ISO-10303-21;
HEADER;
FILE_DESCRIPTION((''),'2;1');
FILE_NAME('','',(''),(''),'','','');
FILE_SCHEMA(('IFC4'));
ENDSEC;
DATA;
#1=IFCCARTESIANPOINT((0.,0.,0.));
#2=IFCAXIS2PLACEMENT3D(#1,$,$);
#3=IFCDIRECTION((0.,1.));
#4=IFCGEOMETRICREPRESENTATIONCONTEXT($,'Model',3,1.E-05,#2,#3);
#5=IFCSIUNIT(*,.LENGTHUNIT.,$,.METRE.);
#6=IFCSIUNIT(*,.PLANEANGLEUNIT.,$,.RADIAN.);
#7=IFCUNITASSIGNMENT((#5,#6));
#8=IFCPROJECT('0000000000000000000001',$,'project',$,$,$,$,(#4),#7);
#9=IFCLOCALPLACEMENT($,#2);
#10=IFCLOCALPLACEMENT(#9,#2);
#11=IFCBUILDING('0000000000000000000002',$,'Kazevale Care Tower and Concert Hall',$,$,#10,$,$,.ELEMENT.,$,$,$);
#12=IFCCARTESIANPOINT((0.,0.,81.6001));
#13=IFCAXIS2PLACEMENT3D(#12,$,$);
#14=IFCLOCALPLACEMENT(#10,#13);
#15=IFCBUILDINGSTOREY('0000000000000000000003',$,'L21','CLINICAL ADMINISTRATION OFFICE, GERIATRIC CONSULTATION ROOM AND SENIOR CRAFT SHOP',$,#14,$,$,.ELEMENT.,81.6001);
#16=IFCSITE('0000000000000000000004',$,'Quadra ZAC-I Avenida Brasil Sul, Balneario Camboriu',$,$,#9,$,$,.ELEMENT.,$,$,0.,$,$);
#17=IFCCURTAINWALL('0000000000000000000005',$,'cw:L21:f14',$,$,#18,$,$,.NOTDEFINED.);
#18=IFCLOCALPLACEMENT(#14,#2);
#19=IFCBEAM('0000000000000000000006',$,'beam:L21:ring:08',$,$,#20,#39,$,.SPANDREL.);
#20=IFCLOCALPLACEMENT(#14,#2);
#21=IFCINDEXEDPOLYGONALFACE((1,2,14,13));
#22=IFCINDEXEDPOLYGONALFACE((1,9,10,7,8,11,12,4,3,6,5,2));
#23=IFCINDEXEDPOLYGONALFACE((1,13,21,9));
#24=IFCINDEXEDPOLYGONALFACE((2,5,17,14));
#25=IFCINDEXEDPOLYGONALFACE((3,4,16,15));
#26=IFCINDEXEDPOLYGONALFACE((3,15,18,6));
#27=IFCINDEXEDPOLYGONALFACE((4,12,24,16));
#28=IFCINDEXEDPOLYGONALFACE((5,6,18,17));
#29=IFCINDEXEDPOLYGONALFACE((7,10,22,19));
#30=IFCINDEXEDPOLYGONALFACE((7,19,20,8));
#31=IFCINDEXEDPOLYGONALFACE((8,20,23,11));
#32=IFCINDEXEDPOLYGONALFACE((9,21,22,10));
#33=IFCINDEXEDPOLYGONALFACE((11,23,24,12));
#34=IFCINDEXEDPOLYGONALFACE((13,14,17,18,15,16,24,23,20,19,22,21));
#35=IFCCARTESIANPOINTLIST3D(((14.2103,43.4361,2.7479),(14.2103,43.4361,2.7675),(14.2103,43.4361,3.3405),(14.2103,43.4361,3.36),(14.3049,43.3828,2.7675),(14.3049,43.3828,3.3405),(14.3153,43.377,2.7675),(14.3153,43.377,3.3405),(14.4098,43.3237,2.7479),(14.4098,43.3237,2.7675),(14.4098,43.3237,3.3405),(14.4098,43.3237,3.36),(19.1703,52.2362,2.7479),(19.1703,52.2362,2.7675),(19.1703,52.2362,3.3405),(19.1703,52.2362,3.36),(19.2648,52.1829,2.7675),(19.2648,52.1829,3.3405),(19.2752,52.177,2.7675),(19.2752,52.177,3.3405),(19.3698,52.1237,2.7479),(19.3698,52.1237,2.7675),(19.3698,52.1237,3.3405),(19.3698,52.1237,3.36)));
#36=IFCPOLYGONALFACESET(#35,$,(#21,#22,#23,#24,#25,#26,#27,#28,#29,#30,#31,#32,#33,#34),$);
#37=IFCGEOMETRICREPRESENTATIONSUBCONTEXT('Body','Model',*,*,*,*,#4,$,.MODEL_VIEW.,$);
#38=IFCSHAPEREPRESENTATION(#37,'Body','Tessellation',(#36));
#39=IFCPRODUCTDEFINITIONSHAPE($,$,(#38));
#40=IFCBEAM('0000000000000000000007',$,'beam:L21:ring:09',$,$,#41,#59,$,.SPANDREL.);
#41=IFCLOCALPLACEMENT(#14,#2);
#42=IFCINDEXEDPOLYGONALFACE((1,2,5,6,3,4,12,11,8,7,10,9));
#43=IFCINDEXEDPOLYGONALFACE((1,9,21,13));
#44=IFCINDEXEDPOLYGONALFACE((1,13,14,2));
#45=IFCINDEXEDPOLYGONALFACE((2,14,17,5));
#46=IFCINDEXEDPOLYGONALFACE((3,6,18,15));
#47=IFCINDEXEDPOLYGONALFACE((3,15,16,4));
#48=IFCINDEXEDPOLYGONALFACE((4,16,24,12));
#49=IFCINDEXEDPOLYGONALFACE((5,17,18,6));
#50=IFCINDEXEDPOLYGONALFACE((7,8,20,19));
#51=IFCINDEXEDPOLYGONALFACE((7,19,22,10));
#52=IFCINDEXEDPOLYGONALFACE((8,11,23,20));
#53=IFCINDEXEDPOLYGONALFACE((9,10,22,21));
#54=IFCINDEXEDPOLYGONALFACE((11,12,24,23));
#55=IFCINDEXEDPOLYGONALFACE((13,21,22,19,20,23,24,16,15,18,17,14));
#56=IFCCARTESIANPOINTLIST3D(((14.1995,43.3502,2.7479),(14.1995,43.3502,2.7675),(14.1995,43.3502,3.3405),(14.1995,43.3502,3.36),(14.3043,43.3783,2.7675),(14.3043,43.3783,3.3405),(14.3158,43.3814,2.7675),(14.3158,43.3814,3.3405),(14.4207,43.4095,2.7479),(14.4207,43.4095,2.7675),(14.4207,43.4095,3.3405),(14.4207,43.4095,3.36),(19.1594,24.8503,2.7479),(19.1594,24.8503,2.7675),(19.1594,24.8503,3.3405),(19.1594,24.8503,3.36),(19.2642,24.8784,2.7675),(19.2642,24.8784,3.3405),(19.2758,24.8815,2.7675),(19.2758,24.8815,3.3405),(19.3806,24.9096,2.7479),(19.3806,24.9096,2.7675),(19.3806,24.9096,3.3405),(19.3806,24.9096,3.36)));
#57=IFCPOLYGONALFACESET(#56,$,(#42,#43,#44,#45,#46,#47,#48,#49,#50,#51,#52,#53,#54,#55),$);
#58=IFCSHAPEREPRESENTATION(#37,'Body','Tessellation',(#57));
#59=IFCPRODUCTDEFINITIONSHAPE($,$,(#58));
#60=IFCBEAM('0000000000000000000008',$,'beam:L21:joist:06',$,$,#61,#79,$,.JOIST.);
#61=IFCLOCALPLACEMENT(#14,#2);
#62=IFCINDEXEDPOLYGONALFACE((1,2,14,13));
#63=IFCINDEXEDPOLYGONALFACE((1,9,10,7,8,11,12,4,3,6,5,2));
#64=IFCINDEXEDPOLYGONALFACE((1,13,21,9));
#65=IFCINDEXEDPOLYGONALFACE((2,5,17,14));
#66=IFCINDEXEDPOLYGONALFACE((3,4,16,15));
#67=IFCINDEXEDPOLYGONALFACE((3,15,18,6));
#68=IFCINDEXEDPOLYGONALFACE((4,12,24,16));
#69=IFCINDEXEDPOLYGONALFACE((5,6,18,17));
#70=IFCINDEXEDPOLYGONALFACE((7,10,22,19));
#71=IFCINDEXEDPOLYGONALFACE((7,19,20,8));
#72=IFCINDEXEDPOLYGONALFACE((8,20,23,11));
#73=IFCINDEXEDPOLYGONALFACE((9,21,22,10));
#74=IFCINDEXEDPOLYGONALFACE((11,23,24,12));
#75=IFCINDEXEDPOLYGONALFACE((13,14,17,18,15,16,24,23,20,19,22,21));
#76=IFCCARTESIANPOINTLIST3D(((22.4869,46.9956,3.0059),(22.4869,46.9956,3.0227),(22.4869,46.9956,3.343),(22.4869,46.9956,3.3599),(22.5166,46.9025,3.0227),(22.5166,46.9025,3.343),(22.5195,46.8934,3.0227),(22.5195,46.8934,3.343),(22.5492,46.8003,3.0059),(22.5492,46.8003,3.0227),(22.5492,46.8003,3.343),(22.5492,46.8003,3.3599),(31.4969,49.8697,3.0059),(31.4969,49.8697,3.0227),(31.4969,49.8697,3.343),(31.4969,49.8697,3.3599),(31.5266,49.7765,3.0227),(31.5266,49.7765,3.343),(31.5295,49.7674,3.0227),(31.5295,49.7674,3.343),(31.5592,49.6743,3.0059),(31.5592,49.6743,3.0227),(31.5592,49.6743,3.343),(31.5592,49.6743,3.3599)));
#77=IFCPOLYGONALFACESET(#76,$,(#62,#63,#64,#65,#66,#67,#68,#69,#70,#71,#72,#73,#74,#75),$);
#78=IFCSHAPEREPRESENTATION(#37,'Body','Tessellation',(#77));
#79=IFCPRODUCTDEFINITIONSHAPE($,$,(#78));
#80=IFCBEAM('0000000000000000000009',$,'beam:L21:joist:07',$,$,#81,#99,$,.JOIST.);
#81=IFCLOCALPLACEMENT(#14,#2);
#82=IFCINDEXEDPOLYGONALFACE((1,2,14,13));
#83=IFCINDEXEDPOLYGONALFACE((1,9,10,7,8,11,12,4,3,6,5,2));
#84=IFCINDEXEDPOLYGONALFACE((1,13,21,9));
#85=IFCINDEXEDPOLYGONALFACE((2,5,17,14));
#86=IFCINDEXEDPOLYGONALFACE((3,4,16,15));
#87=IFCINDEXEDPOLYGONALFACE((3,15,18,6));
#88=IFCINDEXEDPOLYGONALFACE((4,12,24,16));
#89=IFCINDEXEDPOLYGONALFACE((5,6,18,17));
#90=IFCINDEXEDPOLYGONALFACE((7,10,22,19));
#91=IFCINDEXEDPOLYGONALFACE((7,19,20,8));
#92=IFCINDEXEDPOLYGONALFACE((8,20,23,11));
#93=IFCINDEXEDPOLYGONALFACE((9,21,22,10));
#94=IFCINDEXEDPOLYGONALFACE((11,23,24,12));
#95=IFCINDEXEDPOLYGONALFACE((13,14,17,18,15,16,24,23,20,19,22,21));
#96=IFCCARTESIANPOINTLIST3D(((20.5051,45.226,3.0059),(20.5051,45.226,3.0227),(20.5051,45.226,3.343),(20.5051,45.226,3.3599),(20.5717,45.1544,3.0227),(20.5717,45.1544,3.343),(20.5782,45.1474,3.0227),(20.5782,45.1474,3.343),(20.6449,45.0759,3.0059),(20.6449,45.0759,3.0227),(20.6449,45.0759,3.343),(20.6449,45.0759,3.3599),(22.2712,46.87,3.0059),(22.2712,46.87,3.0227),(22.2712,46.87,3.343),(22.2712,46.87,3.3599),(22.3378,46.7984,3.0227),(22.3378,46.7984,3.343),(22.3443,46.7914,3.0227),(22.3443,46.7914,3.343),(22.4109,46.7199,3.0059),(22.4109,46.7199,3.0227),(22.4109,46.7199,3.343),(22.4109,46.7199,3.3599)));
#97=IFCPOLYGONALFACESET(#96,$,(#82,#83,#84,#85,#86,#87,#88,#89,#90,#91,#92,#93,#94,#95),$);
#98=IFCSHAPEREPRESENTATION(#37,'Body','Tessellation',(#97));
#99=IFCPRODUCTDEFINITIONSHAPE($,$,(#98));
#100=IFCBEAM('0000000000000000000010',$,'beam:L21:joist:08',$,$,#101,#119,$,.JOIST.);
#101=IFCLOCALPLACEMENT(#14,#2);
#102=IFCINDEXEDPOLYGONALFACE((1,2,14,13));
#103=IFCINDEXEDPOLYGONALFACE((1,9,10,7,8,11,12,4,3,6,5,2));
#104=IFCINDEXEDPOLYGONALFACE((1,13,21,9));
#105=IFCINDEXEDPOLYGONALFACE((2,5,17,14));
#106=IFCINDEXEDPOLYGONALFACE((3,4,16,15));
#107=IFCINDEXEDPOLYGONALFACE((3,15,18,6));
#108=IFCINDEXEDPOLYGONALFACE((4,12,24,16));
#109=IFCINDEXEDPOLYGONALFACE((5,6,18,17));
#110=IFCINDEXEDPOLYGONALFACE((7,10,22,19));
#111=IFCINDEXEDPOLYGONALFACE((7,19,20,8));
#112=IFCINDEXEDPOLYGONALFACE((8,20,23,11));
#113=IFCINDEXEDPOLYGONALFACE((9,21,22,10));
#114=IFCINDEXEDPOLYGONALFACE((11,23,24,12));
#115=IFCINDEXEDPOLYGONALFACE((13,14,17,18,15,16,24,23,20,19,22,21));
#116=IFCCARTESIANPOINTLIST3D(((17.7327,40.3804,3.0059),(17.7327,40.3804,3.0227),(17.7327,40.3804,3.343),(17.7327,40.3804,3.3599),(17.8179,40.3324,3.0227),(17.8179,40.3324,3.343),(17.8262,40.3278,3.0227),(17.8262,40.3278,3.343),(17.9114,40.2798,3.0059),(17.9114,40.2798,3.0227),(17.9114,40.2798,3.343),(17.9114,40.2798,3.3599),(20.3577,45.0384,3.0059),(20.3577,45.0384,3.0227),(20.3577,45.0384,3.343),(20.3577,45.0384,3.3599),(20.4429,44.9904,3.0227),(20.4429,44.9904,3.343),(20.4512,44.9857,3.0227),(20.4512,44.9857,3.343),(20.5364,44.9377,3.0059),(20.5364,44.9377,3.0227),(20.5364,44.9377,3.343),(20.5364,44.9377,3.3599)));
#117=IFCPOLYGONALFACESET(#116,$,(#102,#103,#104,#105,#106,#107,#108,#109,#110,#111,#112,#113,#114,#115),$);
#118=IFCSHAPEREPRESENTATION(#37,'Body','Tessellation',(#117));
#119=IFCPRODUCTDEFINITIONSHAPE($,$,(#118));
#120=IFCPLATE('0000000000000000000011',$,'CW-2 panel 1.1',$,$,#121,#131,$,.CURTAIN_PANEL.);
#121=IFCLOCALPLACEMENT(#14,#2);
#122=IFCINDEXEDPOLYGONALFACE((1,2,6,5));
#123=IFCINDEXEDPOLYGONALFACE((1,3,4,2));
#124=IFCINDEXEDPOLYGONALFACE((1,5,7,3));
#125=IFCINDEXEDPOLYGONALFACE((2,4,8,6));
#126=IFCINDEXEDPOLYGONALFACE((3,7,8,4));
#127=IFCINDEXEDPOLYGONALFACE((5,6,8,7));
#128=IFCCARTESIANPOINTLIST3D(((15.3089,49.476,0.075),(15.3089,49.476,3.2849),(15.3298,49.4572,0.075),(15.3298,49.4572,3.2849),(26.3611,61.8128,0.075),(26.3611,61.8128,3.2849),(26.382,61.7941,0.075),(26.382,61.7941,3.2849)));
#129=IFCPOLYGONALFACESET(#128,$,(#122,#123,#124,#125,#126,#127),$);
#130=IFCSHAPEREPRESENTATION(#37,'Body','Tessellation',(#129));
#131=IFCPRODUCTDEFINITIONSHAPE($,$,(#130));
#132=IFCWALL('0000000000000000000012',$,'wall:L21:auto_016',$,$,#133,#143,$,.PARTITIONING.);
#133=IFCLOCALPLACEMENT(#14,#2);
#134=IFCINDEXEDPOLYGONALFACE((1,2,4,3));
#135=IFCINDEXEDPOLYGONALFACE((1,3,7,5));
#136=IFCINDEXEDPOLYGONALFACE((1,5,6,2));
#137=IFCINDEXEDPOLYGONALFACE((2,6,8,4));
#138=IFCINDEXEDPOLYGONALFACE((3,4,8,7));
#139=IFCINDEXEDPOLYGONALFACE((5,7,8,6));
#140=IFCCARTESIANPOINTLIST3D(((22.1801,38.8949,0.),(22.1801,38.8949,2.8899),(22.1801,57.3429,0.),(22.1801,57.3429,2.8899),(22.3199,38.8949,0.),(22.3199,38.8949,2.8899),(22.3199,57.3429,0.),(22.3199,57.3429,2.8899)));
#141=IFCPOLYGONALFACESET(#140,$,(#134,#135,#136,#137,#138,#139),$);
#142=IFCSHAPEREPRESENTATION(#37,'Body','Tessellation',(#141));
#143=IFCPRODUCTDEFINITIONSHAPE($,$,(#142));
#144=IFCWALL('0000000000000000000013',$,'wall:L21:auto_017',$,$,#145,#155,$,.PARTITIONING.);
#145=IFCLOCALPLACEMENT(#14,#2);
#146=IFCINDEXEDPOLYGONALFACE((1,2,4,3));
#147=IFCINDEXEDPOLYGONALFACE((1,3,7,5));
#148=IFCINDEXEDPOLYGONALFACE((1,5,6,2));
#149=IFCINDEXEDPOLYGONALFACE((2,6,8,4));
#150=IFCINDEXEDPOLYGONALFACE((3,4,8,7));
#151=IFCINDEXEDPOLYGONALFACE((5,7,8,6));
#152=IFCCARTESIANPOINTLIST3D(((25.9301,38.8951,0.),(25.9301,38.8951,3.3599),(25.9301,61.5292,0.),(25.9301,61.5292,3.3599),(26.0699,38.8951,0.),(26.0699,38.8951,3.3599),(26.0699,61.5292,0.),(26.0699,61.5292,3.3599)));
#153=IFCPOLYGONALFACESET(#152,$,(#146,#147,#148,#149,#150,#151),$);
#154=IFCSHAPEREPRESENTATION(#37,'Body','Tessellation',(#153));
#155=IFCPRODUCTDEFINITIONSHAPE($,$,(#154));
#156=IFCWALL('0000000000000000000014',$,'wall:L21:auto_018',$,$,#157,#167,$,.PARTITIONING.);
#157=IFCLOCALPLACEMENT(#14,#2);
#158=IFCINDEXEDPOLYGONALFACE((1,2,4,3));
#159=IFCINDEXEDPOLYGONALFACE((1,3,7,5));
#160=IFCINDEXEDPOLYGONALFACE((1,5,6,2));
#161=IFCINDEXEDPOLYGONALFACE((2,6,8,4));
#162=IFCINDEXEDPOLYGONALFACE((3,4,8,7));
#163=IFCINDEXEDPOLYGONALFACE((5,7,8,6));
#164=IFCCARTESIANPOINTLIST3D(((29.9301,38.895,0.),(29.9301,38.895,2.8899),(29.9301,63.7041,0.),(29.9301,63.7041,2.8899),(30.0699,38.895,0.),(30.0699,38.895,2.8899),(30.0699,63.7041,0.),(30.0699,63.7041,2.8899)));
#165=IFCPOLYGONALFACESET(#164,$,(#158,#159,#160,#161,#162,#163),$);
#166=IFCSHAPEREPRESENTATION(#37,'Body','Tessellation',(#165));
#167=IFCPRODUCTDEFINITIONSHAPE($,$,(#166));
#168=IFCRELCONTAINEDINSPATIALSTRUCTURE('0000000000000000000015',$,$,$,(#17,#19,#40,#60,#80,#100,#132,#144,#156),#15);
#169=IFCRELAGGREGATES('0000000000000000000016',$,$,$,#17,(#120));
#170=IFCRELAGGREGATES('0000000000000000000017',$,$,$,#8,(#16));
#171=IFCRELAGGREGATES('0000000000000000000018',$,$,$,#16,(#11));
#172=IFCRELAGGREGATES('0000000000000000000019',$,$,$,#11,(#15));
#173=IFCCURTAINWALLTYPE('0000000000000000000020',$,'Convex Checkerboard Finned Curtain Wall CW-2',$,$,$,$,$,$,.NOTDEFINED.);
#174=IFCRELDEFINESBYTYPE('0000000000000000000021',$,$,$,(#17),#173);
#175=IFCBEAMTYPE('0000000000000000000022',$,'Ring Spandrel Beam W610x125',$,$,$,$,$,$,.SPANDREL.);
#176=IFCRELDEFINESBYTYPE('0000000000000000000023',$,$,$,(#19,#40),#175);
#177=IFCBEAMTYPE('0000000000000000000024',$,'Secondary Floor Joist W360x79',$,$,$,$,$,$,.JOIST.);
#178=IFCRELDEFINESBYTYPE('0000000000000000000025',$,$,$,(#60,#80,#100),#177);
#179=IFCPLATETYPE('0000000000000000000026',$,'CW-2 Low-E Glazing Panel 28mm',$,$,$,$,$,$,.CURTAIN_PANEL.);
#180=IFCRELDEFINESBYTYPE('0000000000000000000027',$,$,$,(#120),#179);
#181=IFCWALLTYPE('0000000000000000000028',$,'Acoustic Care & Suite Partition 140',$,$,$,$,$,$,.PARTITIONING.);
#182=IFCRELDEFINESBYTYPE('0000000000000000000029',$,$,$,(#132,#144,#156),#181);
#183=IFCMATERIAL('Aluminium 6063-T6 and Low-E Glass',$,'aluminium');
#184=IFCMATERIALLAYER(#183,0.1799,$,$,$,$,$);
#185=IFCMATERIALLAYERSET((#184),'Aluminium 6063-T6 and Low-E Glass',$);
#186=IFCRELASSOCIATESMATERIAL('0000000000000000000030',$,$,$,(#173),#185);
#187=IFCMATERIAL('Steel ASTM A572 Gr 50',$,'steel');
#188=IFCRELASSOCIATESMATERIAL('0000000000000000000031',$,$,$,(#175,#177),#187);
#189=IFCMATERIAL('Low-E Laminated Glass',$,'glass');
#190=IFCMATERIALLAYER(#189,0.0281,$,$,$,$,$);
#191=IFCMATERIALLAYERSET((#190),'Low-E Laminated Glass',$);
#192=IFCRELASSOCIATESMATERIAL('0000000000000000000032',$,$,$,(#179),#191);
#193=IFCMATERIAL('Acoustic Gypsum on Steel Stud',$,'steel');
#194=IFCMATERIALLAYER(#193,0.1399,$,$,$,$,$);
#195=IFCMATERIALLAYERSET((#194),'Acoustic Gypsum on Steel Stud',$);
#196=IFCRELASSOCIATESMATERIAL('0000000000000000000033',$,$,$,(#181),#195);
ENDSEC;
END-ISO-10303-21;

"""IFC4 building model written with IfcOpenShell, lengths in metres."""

from ifc_helpers import new_model, si_unit, direction, frame, frame_2d, origin, origin_2d, place, context, subcontext, project, spatial, rectangle, i_section, extrude, material, layer, layer_set, material_profile, profile_set, type_object, element, aggregate, save


model = new_model("IFC4")

# Units and contexts
model_context = context("Model", 3, precision=1e-05, world=origin(), true_north=direction((0.0, 1.0)))
body_context = subcontext(model_context, "Body", "Model", "MODEL_VIEW")
ifc_project = project(units=[si_unit("LENGTHUNIT", "METRE"), si_unit("PLANEANGLEUNIT", "RADIAN")], contexts=[model_context])

# Site, building, storey
site_placement = place(None, origin())
site = spatial("IfcSite", under=ifc_project, at=site_placement, Name="Quadra ZAC-I Avenida Brasil Sul, Balneario Camboriu", CompositionType="ELEMENT", RefElevation=0.0)
building_placement = place(site_placement, origin())
building = spatial("IfcBuilding", under=site, at=building_placement, Name="Kazevale Care Tower and Concert Hall", CompositionType="ELEMENT")
storey_placement = place(building_placement, frame((0.0, 0.0, 81.6001)))
storey = spatial("IfcBuildingStorey", under=building, at=storey_placement, Name="L21", Description="CLINICAL ADMINISTRATION OFFICE, GERIATRIC CONSULTATION ROOM AND SENIOR CRAFT SHOP", CompositionType="ELEMENT", Elevation=81.6001)

# Curtain wall
ifc_material_1 = material(Name="Aluminium 6063-T6 and Low-E Glass", Category="aluminium")
ifc_layer_1 = layer(ifc_material_1, 0.1799)
ifc_layer_set_1 = layer_set([ifc_layer_1], Name="Aluminium 6063-T6 and Low-E Glass")
curtain_wall_type_1 = type_object("IfcCurtainWallType", Name="Convex Checkerboard Finned Curtain Wall CW-2", PredefinedType="NOTDEFINED", material=ifc_layer_set_1)
curtain_wall_1_placement = place(storey_placement, origin())
curtain_wall_1 = element("IfcCurtainWall", 1, at=curtain_wall_1_placement, inside=storey, type_object=curtain_wall_type_1, Name="cw:L21:f14", PredefinedType="NOTDEFINED")

# Beams
ifc_material_2 = material(Name="Steel ASTM A572 Gr 50", Category="steel")
ifc_material_profile_1 = material_profile(ifc_material_2, i_section(OverallWidth=0.229, OverallDepth=0.6121, WebThickness=0.012, FlangeThickness=0.0195, at=origin_2d()), Name="W610x125")
ifc_profile_set_1 = profile_set([ifc_material_profile_1], Name="Steel ASTM A572 Gr 50")
beam_type_1 = type_object("IfcBeamType", Name="Ring Spandrel Beam W610x125", PredefinedType="SPANDREL", material=ifc_profile_set_1)
beam_1_placement = place(storey_placement, frame((19.27, 52.1799, 3.054), z_axis=(-0.491008, -0.871155, 0.0), x_axis=(0.871155, -0.491008, 0.0)))
element("IfcBeam", 2, at=beam_1_placement, inside=storey, type_object=beam_type_1, Name="beam:L21:ring:08", PredefinedType="SPANDREL", context=body_context, shape_type="SweptSolid", body=[
    extrude(i_section(OverallWidth=0.229, OverallDepth=0.6121, WebThickness=0.012, FlangeThickness=0.0195, at=origin_2d()), origin(), (0.0, 0.0, 1.0), 10.1016),
])
beam_2_placement = place(storey_placement, frame((14.3101, 43.3799, 3.054), z_axis=(0.25896, -0.965888, 0.0), x_axis=(0.965888, 0.25896, 0.0)))
element("IfcBeam", 3, at=beam_2_placement, inside=storey, type_object=beam_type_1, Name="beam:L21:ring:09", PredefinedType="SPANDREL", context=body_context, shape_type="SweptSolid", body=[
    extrude(i_section(OverallWidth=0.229, OverallDepth=0.6121, WebThickness=0.012, FlangeThickness=0.0195, at=origin_2d()), origin(), (0.0, 0.0, 1.0), 19.1533),
])
ifc_material_profile_2 = material_profile(ifc_material_2, i_section(OverallWidth=0.2051, OverallDepth=0.354, WebThickness=0.0095, FlangeThickness=0.0168, at=origin_2d()), Name="W360x79")
ifc_profile_set_2 = profile_set([ifc_material_profile_2], Name="Steel ASTM A572 Gr 50")
beam_type_2 = type_object("IfcBeamType", Name="Secondary Floor Joist W360x79", PredefinedType="JOIST", material=ifc_profile_set_2)
beam_3_placement = place(storey_placement, frame((31.5281, 49.772, 3.1829), z_axis=(-0.952705, -0.303895, 0.0), x_axis=(0.303895, -0.952705, 0.0)))
element("IfcBeam", 4, at=beam_3_placement, inside=storey, type_object=beam_type_2, Name="beam:L21:joist:06", PredefinedType="JOIST", context=body_context, shape_type="SweptSolid", body=[
    extrude(i_section(OverallWidth=0.2051, OverallDepth=0.354, WebThickness=0.0095, FlangeThickness=0.0168, at=origin_2d()), origin(), (0.0, 0.0, 1.0), 9.4573),
])
beam_4_placement = place(storey_placement, frame((22.3411, 46.7949, 3.1829), z_axis=(-0.73195, -0.681359, 0.0), x_axis=(0.681359, -0.73195, 0.0)))
element("IfcBeam", 5, at=beam_4_placement, inside=storey, type_object=beam_type_2, Name="beam:L21:joist:07", PredefinedType="JOIST", context=body_context, shape_type="SweptSolid", body=[
    extrude(i_section(OverallWidth=0.2051, OverallDepth=0.354, WebThickness=0.0095, FlangeThickness=0.0168, at=origin_2d()), origin(), (0.0, 0.0, 1.0), 2.4128),
])
beam_5_placement = place(storey_placement, frame((20.447, 44.988, 3.1829), z_axis=(-0.490957, -0.871184, 0.0), x_axis=(0.871184, -0.490957, 0.0)))
element("IfcBeam", 6, at=beam_5_placement, inside=storey, type_object=beam_type_2, Name="beam:L21:joist:08", PredefinedType="JOIST", context=body_context, shape_type="SweptSolid", body=[
    extrude(i_section(OverallWidth=0.2051, OverallDepth=0.354, WebThickness=0.0095, FlangeThickness=0.0168, at=origin_2d()), origin(), (0.0, 0.0, 1.0), 5.3467),
])

# Plate
ifc_material_3 = material(Name="Low-E Laminated Glass", Category="glass")
ifc_layer_2 = layer(ifc_material_3, 0.0281)
ifc_layer_set_2 = layer_set([ifc_layer_2], Name="Low-E Laminated Glass")
plate_type = type_object("IfcPlateType", Name="CW-2 Low-E Glazing Panel 28mm", PredefinedType="CURTAIN_PANEL", material=ifc_layer_set_2)
plate_placement = place(storey_placement, frame((20.8455, 55.635, 0.075), z_axis=(0.0, 0.0, 1.0), x_axis=(0.667265, 0.74482, 0.0)))
plate = element("IfcPlate", 7, at=plate_placement, type_object=plate_type, Name="CW-2 panel 1.1", PredefinedType="CURTAIN_PANEL", context=body_context, shape_type="SweptSolid", body=[
    extrude(rectangle(XDim=16.5635, YDim=0.0281, at=origin_2d()), origin(), (0.0, 0.0, 1.0), 3.21),
])
aggregate(curtain_wall_1, [plate])

# Walls
ifc_material_4 = material(Name="Acoustic Gypsum on Steel Stud", Category="steel")
ifc_layer_3 = layer(ifc_material_4, 0.1399)
ifc_layer_set_3 = layer_set([ifc_layer_3], Name="Acoustic Gypsum on Steel Stud")
wall_type_1 = type_object("IfcWallType", Name="Acoustic Care & Suite Partition 140", PredefinedType="PARTITIONING", material=ifc_layer_set_3)
wall_1_placement = place(storey_placement, frame((22.25, 57.343, 0.0), z_axis=(0.0, 0.0, 1.0), x_axis=(0.0, -1.0, 0.0)))
element("IfcWall", 8, at=wall_1_placement, inside=storey, type_object=wall_type_1, Name="wall:L21:auto_016", PredefinedType="PARTITIONING", context=body_context, shape_type="SweptSolid", body=[
    extrude(rectangle(XDim=18.448, YDim=0.1399, at=frame_2d((9.2241, 0.0))), origin(), (0.0, 0.0, 1.0), 2.8899),
])
wall_2_placement = place(storey_placement, frame((26.0, 61.5291, 0.0), z_axis=(0.0, 0.0, 1.0), x_axis=(0.0, -1.0, 0.0)))
element("IfcWall", 9, at=wall_2_placement, inside=storey, type_object=wall_type_1, Name="wall:L21:auto_017", PredefinedType="PARTITIONING", context=body_context, shape_type="SweptSolid", body=[
    extrude(rectangle(XDim=22.634, YDim=0.1399, at=frame_2d((11.3169, 0.0))), origin(), (0.0, 0.0, 1.0), 3.3599),
])
wall_3_placement = place(storey_placement, frame((30.0, 63.7041, 0.0), z_axis=(0.0, 0.0, 1.0), x_axis=(0.0, -1.0, 0.0)))
element("IfcWall", 10, at=wall_3_placement, inside=storey, type_object=wall_type_1, Name="wall:L21:auto_018", PredefinedType="PARTITIONING", context=body_context, shape_type="SweptSolid", body=[
    extrude(rectangle(XDim=24.8091, YDim=0.1399, at=frame_2d((12.4045, 0.0))), origin(), (0.0, 0.0, 1.0), 2.8899),
])

save(model, "model.ifc")
